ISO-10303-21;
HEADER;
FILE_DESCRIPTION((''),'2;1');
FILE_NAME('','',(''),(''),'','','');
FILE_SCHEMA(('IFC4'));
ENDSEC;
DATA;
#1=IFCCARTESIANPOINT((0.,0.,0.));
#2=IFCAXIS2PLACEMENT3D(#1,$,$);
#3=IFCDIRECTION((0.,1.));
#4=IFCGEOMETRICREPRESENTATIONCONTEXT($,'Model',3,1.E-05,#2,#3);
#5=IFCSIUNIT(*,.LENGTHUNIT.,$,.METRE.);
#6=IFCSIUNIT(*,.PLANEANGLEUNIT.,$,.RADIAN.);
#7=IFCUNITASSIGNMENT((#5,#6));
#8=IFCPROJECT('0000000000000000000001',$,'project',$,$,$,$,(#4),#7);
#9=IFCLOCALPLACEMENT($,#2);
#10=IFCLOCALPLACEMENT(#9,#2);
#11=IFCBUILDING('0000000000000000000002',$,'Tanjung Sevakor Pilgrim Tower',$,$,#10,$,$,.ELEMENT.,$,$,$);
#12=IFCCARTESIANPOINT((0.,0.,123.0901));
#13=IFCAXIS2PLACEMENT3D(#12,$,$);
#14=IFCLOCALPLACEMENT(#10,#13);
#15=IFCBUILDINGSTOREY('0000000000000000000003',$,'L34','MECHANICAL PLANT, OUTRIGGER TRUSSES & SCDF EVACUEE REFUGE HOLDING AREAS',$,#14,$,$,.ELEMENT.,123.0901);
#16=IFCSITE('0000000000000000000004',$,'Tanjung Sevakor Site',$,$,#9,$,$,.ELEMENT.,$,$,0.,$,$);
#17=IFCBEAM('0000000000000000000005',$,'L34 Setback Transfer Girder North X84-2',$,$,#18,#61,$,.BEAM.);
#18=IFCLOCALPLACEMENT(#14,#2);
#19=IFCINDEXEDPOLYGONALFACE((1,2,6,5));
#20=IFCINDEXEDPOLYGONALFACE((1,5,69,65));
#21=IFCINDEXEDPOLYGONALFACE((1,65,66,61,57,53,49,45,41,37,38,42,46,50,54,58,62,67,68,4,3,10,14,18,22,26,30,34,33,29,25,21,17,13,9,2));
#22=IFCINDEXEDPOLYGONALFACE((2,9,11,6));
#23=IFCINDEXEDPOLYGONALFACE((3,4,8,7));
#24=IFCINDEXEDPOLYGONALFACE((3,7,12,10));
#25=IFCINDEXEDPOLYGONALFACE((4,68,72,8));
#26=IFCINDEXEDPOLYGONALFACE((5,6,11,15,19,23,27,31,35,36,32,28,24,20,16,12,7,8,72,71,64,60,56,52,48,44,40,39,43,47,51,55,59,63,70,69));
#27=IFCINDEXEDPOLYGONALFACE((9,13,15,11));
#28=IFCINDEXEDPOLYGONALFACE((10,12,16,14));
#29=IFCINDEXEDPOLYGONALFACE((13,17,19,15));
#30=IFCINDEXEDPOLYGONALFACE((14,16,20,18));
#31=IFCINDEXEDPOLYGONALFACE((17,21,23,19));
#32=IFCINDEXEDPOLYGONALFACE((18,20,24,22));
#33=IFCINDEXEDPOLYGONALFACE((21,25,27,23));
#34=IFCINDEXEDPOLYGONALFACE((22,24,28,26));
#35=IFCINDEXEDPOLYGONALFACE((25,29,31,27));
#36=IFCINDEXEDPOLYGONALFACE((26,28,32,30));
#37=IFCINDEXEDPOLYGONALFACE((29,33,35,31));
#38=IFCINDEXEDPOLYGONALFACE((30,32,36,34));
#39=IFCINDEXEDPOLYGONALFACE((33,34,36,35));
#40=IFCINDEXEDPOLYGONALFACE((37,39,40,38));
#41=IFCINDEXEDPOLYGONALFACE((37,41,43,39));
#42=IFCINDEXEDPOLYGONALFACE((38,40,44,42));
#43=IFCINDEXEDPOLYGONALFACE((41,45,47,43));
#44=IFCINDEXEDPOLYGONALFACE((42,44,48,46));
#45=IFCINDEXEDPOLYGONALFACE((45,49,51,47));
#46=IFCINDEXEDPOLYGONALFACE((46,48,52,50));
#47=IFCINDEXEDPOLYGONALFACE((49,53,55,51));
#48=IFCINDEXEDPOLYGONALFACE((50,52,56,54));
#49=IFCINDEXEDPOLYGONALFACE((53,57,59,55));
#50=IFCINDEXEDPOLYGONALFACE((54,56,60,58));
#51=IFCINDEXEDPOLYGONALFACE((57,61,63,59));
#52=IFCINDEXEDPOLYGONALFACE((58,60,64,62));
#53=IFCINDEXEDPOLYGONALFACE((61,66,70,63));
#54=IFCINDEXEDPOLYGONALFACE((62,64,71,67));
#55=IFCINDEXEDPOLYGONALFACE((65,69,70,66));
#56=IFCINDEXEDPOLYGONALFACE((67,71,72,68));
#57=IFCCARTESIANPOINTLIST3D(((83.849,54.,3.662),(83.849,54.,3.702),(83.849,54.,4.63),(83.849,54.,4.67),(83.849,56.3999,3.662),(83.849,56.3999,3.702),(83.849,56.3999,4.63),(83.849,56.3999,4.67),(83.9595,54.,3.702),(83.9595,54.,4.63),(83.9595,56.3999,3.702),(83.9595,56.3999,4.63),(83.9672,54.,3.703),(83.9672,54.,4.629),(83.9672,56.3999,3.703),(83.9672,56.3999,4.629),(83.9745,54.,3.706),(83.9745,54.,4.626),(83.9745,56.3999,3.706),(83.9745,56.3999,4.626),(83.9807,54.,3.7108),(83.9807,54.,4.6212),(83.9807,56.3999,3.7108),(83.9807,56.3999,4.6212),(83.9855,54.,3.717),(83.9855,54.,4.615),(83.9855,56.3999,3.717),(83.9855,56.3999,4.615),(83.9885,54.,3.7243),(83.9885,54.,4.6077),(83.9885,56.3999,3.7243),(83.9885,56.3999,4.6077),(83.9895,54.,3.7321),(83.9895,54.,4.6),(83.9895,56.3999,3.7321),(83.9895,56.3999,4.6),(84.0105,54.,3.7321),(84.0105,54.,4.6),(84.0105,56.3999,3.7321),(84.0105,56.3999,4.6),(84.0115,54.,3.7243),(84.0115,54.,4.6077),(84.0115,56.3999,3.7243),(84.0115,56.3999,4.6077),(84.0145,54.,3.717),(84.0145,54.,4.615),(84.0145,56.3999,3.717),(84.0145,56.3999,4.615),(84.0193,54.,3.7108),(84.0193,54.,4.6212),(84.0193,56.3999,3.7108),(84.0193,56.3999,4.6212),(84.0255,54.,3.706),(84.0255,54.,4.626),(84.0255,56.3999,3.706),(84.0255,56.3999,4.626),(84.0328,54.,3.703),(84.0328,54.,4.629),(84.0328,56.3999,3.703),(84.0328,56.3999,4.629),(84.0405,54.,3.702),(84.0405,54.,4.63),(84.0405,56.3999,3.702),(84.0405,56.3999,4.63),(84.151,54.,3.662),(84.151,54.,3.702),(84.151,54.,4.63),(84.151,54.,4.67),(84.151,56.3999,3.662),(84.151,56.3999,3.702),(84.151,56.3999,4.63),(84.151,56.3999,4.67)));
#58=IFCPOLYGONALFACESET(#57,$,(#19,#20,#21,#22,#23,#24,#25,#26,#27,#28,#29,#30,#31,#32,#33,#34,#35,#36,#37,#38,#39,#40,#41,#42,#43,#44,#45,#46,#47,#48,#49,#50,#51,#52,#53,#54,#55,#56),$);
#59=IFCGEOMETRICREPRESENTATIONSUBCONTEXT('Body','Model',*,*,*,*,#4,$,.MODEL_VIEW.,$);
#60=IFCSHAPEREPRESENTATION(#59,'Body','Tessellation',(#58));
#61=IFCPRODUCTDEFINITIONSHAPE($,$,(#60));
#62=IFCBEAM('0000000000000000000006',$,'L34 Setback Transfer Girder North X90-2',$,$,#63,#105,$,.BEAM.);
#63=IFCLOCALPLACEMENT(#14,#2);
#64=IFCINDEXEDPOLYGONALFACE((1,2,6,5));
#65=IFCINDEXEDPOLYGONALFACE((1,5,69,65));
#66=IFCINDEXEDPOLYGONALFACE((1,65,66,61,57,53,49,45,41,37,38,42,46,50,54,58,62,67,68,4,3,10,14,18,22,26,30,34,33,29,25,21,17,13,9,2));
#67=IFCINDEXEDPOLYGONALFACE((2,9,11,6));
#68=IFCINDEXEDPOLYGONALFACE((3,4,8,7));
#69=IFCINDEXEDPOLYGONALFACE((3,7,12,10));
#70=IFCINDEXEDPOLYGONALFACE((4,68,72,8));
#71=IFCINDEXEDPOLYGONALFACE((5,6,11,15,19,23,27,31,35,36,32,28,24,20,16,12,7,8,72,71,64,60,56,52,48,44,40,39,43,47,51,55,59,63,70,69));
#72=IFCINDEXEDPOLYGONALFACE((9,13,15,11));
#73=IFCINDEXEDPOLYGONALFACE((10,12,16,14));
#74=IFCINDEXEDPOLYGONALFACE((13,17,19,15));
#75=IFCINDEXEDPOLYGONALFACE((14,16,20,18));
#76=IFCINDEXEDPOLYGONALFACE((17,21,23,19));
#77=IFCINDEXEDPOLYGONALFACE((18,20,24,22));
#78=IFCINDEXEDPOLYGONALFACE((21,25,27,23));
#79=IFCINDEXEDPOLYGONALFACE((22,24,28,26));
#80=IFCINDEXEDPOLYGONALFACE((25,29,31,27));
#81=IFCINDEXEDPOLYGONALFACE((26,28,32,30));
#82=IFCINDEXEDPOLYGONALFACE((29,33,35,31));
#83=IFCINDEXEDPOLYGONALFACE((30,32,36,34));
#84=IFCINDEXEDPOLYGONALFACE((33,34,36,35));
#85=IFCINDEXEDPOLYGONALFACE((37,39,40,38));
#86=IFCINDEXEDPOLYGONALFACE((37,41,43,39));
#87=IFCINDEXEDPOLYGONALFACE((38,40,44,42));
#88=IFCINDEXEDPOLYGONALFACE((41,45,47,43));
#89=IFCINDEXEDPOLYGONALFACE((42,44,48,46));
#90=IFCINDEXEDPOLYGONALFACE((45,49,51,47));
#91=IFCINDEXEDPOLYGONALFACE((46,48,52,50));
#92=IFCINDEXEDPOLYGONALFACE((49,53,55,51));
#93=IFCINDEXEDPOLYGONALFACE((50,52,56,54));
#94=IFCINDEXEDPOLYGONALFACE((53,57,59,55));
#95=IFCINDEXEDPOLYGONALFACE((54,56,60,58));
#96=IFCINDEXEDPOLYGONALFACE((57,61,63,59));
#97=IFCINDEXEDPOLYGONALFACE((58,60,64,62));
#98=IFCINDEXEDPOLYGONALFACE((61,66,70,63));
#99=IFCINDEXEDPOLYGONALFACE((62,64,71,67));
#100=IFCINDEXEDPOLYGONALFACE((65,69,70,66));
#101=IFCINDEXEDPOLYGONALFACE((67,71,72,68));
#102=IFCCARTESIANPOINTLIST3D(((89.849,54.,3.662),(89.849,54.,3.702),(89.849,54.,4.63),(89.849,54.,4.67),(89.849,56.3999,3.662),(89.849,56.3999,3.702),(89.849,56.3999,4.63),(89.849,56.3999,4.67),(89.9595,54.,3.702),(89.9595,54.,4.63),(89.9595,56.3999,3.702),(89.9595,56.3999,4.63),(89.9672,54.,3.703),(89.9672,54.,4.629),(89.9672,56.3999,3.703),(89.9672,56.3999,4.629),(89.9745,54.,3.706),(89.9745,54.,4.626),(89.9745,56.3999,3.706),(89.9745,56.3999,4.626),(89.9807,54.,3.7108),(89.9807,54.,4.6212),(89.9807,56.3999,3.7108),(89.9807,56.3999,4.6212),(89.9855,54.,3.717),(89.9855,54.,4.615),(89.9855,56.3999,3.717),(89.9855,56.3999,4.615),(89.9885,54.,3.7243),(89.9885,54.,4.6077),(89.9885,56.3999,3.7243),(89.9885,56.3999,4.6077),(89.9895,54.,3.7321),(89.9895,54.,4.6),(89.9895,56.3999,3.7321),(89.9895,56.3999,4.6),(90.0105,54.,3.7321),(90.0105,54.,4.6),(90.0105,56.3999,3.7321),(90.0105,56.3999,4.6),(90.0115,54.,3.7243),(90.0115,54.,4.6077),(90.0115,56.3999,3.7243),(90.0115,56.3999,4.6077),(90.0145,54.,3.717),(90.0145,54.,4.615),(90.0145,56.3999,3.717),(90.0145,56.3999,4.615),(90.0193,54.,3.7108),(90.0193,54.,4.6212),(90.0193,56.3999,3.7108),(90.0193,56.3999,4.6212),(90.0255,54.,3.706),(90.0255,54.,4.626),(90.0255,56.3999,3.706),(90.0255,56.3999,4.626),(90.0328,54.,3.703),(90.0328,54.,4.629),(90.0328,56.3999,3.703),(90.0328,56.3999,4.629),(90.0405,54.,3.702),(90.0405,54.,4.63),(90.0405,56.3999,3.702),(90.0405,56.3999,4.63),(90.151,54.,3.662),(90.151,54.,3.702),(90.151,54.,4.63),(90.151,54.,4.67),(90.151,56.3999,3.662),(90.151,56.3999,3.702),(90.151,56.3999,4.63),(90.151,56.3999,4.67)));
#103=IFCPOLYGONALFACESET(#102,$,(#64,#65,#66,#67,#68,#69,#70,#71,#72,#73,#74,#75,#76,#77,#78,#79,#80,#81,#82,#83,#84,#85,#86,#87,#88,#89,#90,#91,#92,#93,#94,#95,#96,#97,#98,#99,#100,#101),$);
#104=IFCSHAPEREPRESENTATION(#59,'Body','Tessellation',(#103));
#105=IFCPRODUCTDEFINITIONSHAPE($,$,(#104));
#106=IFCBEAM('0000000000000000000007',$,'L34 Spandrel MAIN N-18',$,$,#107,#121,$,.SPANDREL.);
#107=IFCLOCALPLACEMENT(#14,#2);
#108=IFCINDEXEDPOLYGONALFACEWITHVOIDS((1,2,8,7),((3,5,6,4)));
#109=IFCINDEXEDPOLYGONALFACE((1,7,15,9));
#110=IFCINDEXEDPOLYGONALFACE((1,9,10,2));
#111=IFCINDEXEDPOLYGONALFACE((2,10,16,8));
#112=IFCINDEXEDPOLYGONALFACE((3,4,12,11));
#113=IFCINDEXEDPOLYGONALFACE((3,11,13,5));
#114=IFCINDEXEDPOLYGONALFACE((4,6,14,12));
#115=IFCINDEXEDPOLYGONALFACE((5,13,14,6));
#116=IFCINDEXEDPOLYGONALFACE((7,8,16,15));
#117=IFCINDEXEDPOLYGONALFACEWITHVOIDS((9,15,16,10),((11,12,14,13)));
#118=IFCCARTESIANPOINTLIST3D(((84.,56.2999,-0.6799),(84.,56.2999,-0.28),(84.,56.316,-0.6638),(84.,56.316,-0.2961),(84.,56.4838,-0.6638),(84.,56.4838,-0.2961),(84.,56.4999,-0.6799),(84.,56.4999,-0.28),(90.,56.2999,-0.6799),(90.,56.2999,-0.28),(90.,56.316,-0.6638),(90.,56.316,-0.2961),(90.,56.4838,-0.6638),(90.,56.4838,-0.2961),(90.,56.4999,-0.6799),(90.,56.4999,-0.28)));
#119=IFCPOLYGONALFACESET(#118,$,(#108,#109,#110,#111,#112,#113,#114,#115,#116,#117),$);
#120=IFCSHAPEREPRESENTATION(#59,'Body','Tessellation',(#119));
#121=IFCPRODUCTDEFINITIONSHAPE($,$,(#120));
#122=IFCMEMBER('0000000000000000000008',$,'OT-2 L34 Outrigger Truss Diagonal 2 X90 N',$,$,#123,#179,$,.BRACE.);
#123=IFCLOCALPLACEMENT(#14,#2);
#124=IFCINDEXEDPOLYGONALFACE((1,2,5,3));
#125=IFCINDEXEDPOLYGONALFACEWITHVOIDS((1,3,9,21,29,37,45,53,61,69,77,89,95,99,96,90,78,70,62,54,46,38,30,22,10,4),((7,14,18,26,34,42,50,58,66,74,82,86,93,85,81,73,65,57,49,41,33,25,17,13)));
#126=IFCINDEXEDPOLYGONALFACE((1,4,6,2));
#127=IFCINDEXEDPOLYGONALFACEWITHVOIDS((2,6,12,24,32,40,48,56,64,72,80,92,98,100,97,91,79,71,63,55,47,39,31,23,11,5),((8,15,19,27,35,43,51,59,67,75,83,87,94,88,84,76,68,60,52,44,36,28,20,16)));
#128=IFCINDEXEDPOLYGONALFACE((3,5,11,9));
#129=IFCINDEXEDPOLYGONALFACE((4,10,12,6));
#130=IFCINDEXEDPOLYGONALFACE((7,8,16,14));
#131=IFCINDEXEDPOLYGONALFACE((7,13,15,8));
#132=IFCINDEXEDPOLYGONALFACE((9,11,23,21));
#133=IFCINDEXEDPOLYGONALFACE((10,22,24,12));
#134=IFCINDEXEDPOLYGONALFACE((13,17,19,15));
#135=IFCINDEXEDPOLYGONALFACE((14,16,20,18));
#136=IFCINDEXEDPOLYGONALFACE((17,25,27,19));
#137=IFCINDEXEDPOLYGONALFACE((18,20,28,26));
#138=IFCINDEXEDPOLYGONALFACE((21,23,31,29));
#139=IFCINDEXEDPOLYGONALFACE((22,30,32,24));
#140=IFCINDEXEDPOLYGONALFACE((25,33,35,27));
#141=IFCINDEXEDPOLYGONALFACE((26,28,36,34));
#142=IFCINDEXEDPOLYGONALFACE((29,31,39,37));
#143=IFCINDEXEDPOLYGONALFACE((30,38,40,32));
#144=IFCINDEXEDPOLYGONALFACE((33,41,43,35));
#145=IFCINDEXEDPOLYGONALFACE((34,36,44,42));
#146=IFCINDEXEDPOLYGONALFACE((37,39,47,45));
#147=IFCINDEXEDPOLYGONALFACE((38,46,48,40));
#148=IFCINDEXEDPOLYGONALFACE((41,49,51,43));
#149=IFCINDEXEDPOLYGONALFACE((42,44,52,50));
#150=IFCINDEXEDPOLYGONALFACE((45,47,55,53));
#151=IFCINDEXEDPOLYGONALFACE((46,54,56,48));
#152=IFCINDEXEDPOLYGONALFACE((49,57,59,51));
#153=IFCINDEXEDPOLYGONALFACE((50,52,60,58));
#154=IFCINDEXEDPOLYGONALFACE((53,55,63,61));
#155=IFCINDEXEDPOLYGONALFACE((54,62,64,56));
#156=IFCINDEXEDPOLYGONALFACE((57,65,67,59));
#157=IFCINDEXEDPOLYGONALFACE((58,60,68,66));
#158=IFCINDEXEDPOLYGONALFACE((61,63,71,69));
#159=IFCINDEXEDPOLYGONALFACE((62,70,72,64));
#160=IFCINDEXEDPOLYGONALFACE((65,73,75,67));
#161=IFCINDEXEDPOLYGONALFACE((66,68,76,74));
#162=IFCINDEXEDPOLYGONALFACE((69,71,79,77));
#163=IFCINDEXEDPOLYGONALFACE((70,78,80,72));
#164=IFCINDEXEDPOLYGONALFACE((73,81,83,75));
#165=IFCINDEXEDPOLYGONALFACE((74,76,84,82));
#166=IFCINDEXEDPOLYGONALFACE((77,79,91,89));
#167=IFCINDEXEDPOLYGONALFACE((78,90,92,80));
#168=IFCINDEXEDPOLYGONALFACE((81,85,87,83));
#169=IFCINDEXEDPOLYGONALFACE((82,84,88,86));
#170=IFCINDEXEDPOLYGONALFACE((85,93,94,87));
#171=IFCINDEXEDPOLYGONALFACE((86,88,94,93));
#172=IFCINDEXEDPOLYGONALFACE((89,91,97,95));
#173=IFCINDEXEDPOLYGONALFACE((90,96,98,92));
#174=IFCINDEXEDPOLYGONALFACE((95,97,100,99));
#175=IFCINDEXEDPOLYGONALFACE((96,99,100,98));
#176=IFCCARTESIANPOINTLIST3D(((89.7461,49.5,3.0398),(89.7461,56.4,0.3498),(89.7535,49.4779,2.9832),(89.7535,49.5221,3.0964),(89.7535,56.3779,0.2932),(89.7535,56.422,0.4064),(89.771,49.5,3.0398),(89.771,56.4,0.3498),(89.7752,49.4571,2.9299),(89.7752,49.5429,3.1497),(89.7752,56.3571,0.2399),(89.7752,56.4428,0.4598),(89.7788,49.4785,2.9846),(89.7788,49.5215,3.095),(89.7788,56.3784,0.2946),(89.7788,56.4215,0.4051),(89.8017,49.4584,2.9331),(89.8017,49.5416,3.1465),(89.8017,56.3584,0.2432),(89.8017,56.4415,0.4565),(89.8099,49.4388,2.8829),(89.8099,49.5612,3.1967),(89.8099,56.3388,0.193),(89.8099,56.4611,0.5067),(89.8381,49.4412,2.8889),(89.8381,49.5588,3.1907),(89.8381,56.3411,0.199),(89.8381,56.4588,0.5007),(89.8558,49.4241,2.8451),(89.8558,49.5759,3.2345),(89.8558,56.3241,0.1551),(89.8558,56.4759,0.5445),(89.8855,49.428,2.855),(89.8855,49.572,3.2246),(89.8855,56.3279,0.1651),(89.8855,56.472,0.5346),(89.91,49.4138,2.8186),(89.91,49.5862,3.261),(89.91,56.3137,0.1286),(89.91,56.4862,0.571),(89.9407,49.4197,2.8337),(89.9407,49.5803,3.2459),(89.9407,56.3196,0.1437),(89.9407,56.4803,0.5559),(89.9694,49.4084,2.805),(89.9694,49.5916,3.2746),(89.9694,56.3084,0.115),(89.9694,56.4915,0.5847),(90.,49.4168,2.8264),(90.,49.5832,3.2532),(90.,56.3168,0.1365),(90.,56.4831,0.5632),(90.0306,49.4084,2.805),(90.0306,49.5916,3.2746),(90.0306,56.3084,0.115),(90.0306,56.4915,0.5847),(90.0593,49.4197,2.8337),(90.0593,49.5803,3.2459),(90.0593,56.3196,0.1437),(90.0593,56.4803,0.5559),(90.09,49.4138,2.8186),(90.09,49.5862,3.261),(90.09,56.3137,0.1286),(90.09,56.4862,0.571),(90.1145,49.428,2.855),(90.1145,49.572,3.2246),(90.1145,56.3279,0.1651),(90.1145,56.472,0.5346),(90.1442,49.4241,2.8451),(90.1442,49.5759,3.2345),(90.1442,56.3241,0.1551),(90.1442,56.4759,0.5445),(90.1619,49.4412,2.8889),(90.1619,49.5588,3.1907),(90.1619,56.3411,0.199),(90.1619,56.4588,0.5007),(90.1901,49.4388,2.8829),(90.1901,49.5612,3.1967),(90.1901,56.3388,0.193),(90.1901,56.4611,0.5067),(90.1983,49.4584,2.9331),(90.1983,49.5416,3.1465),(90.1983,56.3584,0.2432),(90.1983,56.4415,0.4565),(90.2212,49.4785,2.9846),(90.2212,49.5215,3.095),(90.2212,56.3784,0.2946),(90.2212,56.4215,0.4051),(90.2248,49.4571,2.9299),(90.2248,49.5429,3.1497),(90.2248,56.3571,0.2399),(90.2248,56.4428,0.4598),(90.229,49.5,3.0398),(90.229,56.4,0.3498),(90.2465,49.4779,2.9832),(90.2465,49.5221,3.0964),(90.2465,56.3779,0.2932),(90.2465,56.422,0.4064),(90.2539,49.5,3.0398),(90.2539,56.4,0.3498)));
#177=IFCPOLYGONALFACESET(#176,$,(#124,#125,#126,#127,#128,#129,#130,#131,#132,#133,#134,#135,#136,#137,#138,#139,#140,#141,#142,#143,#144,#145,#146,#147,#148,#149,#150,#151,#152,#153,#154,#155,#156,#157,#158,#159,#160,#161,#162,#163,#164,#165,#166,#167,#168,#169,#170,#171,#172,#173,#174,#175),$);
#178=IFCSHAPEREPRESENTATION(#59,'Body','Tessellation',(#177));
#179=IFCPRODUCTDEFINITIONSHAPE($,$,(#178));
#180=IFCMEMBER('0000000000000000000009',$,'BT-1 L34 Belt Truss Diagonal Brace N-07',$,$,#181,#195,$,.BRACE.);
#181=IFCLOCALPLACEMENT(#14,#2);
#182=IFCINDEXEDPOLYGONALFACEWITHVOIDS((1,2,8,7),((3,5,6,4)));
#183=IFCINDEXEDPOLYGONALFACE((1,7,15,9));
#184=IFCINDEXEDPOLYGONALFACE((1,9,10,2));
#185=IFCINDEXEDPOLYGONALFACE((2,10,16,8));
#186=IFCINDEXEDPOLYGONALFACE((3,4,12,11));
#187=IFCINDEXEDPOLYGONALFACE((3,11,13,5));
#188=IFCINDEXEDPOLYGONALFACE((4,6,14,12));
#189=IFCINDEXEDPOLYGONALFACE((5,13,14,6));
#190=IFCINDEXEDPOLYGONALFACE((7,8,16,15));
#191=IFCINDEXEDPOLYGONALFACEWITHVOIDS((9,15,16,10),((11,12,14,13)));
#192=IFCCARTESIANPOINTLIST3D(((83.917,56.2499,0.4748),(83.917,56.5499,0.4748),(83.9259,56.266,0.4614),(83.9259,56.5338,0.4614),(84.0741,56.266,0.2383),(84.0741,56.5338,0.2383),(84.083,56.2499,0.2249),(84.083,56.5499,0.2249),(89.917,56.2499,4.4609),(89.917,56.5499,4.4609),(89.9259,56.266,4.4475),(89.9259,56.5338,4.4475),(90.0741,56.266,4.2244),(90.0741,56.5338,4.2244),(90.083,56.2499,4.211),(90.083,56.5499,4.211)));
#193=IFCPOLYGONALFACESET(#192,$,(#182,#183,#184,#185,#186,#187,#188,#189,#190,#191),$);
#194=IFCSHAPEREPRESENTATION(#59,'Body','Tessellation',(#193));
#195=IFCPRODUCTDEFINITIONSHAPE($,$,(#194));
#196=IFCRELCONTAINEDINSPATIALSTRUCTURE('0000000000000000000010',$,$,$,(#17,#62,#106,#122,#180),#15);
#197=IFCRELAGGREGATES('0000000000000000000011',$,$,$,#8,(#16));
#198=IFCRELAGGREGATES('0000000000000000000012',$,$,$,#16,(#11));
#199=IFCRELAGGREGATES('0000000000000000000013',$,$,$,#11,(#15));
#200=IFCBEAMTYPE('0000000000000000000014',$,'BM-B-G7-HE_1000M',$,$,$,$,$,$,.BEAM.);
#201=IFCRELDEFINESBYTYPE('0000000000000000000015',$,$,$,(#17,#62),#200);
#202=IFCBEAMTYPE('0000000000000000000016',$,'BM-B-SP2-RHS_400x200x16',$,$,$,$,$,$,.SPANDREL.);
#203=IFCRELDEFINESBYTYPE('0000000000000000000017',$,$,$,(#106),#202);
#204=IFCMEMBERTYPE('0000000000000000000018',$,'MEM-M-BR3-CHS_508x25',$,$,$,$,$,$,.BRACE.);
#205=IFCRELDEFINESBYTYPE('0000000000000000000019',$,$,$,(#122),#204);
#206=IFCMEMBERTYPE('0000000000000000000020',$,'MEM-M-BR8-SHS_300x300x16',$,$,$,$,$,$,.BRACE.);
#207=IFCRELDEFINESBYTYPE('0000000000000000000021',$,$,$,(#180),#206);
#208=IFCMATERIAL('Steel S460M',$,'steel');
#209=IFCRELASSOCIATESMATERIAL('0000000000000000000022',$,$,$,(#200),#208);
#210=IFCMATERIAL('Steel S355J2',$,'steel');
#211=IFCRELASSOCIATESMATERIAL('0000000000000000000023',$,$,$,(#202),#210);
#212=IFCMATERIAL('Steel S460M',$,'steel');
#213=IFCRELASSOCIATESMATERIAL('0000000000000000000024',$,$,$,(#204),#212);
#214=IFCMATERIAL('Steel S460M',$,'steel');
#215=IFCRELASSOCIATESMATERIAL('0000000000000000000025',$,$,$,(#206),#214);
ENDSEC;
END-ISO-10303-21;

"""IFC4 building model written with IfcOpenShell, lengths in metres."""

from ifc_helpers import new_model, si_unit, direction, frame, origin, origin_2d, place, context, subcontext, project, spatial, hollow_rectangle, hollow_circle, i_section, extrude, material, material_profile, profile_set, type_object, element, save


model = new_model("IFC4")

# Units and contexts
model_context = context("Model", 3, precision=1e-05, world=origin(), true_north=direction((0.0, 1.0)))
body_context = subcontext(model_context, "Body", "Model", "MODEL_VIEW")
ifc_project = project(units=[si_unit("LENGTHUNIT", "METRE"), si_unit("PLANEANGLEUNIT", "RADIAN")], contexts=[model_context])

# Site, building, storey
site_placement = place(None, origin())
site = spatial("IfcSite", under=ifc_project, at=site_placement, Name="Tanjung Sevakor Site", CompositionType="ELEMENT", RefElevation=0.0)
building_placement = place(site_placement, origin())
building = spatial("IfcBuilding", under=site, at=building_placement, Name="Tanjung Sevakor Pilgrim Tower", CompositionType="ELEMENT")
storey_placement = place(building_placement, frame((0.0, 0.0, 123.0901)))
storey = spatial("IfcBuildingStorey", under=building, at=storey_placement, Name="L34", Description="MECHANICAL PLANT, OUTRIGGER TRUSSES & SCDF EVACUEE REFUGE HOLDING AREAS", CompositionType="ELEMENT", Elevation=123.0901)

# Beams
ifc_material_1 = material(Name="Steel S460M", Category="steel")
ifc_material_profile_1 = material_profile(ifc_material_1, i_section(OverallWidth=0.302, OverallDepth=1.0081, WebThickness=0.021, FlangeThickness=0.04, FilletRadius=0.03, at=origin_2d()))
ifc_profile_set_1 = profile_set([ifc_material_profile_1], Name="Steel S460M")
beam_type_1 = type_object("IfcBeamType", Name="BM-B-G7-HE_1000M", PredefinedType="BEAM", material=ifc_profile_set_1)
for number, where, z_axis, x_axis, name in (
    (1, (84.0, 54.0, 4.166), (0.0, 1.0, 0.0), (-1.0, 0.0, 0.0), "L34 Setback Transfer Girder North X84-2"),
    (2, (90.0, 54.0, 4.166), (0.0, 1.0, 0.0), (-1.0, 0.0, 0.0), "L34 Setback Transfer Girder North X90-2"),
):
    element("IfcBeam", number, at=place(storey_placement, frame(where, z_axis=z_axis, x_axis=x_axis)), inside=storey, type_object=beam_type_1, Name=name, PredefinedType="BEAM", context=body_context, shape_type="SweptSolid", body=[
        extrude(i_section(OverallWidth=0.302, OverallDepth=1.0081, WebThickness=0.021, FlangeThickness=0.04, FilletRadius=0.03, at=origin_2d()), origin(), (0.0, 0.0, 1.0), 2.3999),
    ])
ifc_material_2 = material(Name="Steel S355J2", Category="steel")
ifc_material_profile_2 = material_profile(ifc_material_2, hollow_rectangle(XDim=0.2, YDim=0.3999, WallThickness=0.0161, at=origin_2d()))
ifc_profile_set_2 = profile_set([ifc_material_profile_2], Name="Steel S355J2")
beam_type_2 = type_object("IfcBeamType", Name="BM-B-SP2-RHS_400x200x16", PredefinedType="SPANDREL", material=ifc_profile_set_2)
beam_1_placement = place(storey_placement, frame((84.0, 56.3999, -0.48), z_axis=(1.0, 0.0, 0.0), x_axis=(0.0, 1.0, 0.0)))
element("IfcBeam", 3, at=beam_1_placement, inside=storey, type_object=beam_type_2, Name="L34 Spandrel MAIN N-18", PredefinedType="SPANDREL", context=body_context, shape_type="SweptSolid", body=[
    extrude(hollow_rectangle(XDim=0.2, YDim=0.3999, WallThickness=0.0161, at=origin_2d()), origin(), (0.0, 0.0, 1.0), 6.0),
])

# Members
ifc_material_3 = material(Name="Steel S460M", Category="steel")
ifc_material_profile_3 = material_profile(ifc_material_3, hollow_circle(Radius=0.2539, WallThickness=0.0249, at=origin_2d()))
ifc_profile_set_3 = profile_set([ifc_material_profile_3], Name="Steel S460M")
member_type_1 = type_object("IfcMemberType", Name="MEM-M-BR3-CHS_508x25", PredefinedType="BRACE", material=ifc_profile_set_3)
member_1_placement = place(storey_placement, frame((90.0, 49.5, 3.0398), z_axis=(0.0, 0.931701, -0.363226), x_axis=(-1.0, 0.0, 0.0)))
element("IfcMember", 4, at=member_1_placement, inside=storey, type_object=member_type_1, Name="OT-2 L34 Outrigger Truss Diagonal 2 X90 N", PredefinedType="BRACE", context=body_context, shape_type="SweptSolid", body=[
    extrude(hollow_circle(Radius=0.2539, WallThickness=0.0249, at=origin_2d()), origin(), (0.0, 0.0, 1.0), 7.4058),
])
ifc_material_4 = material(Name="Steel S460M", Category="steel")
ifc_material_profile_4 = material_profile(ifc_material_4, hollow_rectangle(XDim=0.3, YDim=0.3, WallThickness=0.0161, at=origin_2d()))
ifc_profile_set_4 = profile_set([ifc_material_profile_4], Name="Steel S460M")
member_type_2 = type_object("IfcMemberType", Name="MEM-M-BR8-SHS_300x300x16", PredefinedType="BRACE", material=ifc_profile_set_4)
member_2_placement = place(storey_placement, frame((84.0, 56.3999, 0.3499), z_axis=(0.832941, 0.0, 0.553362), x_axis=(0.0, 1.0, 0.0)))
element("IfcMember", 5, at=member_2_placement, inside=storey, type_object=member_type_2, Name="BT-1 L34 Belt Truss Diagonal Brace N-07", PredefinedType="BRACE", context=body_context, shape_type="SweptSolid", body=[
    extrude(hollow_rectangle(XDim=0.3, YDim=0.3, WallThickness=0.0161, at=origin_2d()), origin(), (0.0, 0.0, 1.0), 7.2034),
])

save(model, "model.ifc")
